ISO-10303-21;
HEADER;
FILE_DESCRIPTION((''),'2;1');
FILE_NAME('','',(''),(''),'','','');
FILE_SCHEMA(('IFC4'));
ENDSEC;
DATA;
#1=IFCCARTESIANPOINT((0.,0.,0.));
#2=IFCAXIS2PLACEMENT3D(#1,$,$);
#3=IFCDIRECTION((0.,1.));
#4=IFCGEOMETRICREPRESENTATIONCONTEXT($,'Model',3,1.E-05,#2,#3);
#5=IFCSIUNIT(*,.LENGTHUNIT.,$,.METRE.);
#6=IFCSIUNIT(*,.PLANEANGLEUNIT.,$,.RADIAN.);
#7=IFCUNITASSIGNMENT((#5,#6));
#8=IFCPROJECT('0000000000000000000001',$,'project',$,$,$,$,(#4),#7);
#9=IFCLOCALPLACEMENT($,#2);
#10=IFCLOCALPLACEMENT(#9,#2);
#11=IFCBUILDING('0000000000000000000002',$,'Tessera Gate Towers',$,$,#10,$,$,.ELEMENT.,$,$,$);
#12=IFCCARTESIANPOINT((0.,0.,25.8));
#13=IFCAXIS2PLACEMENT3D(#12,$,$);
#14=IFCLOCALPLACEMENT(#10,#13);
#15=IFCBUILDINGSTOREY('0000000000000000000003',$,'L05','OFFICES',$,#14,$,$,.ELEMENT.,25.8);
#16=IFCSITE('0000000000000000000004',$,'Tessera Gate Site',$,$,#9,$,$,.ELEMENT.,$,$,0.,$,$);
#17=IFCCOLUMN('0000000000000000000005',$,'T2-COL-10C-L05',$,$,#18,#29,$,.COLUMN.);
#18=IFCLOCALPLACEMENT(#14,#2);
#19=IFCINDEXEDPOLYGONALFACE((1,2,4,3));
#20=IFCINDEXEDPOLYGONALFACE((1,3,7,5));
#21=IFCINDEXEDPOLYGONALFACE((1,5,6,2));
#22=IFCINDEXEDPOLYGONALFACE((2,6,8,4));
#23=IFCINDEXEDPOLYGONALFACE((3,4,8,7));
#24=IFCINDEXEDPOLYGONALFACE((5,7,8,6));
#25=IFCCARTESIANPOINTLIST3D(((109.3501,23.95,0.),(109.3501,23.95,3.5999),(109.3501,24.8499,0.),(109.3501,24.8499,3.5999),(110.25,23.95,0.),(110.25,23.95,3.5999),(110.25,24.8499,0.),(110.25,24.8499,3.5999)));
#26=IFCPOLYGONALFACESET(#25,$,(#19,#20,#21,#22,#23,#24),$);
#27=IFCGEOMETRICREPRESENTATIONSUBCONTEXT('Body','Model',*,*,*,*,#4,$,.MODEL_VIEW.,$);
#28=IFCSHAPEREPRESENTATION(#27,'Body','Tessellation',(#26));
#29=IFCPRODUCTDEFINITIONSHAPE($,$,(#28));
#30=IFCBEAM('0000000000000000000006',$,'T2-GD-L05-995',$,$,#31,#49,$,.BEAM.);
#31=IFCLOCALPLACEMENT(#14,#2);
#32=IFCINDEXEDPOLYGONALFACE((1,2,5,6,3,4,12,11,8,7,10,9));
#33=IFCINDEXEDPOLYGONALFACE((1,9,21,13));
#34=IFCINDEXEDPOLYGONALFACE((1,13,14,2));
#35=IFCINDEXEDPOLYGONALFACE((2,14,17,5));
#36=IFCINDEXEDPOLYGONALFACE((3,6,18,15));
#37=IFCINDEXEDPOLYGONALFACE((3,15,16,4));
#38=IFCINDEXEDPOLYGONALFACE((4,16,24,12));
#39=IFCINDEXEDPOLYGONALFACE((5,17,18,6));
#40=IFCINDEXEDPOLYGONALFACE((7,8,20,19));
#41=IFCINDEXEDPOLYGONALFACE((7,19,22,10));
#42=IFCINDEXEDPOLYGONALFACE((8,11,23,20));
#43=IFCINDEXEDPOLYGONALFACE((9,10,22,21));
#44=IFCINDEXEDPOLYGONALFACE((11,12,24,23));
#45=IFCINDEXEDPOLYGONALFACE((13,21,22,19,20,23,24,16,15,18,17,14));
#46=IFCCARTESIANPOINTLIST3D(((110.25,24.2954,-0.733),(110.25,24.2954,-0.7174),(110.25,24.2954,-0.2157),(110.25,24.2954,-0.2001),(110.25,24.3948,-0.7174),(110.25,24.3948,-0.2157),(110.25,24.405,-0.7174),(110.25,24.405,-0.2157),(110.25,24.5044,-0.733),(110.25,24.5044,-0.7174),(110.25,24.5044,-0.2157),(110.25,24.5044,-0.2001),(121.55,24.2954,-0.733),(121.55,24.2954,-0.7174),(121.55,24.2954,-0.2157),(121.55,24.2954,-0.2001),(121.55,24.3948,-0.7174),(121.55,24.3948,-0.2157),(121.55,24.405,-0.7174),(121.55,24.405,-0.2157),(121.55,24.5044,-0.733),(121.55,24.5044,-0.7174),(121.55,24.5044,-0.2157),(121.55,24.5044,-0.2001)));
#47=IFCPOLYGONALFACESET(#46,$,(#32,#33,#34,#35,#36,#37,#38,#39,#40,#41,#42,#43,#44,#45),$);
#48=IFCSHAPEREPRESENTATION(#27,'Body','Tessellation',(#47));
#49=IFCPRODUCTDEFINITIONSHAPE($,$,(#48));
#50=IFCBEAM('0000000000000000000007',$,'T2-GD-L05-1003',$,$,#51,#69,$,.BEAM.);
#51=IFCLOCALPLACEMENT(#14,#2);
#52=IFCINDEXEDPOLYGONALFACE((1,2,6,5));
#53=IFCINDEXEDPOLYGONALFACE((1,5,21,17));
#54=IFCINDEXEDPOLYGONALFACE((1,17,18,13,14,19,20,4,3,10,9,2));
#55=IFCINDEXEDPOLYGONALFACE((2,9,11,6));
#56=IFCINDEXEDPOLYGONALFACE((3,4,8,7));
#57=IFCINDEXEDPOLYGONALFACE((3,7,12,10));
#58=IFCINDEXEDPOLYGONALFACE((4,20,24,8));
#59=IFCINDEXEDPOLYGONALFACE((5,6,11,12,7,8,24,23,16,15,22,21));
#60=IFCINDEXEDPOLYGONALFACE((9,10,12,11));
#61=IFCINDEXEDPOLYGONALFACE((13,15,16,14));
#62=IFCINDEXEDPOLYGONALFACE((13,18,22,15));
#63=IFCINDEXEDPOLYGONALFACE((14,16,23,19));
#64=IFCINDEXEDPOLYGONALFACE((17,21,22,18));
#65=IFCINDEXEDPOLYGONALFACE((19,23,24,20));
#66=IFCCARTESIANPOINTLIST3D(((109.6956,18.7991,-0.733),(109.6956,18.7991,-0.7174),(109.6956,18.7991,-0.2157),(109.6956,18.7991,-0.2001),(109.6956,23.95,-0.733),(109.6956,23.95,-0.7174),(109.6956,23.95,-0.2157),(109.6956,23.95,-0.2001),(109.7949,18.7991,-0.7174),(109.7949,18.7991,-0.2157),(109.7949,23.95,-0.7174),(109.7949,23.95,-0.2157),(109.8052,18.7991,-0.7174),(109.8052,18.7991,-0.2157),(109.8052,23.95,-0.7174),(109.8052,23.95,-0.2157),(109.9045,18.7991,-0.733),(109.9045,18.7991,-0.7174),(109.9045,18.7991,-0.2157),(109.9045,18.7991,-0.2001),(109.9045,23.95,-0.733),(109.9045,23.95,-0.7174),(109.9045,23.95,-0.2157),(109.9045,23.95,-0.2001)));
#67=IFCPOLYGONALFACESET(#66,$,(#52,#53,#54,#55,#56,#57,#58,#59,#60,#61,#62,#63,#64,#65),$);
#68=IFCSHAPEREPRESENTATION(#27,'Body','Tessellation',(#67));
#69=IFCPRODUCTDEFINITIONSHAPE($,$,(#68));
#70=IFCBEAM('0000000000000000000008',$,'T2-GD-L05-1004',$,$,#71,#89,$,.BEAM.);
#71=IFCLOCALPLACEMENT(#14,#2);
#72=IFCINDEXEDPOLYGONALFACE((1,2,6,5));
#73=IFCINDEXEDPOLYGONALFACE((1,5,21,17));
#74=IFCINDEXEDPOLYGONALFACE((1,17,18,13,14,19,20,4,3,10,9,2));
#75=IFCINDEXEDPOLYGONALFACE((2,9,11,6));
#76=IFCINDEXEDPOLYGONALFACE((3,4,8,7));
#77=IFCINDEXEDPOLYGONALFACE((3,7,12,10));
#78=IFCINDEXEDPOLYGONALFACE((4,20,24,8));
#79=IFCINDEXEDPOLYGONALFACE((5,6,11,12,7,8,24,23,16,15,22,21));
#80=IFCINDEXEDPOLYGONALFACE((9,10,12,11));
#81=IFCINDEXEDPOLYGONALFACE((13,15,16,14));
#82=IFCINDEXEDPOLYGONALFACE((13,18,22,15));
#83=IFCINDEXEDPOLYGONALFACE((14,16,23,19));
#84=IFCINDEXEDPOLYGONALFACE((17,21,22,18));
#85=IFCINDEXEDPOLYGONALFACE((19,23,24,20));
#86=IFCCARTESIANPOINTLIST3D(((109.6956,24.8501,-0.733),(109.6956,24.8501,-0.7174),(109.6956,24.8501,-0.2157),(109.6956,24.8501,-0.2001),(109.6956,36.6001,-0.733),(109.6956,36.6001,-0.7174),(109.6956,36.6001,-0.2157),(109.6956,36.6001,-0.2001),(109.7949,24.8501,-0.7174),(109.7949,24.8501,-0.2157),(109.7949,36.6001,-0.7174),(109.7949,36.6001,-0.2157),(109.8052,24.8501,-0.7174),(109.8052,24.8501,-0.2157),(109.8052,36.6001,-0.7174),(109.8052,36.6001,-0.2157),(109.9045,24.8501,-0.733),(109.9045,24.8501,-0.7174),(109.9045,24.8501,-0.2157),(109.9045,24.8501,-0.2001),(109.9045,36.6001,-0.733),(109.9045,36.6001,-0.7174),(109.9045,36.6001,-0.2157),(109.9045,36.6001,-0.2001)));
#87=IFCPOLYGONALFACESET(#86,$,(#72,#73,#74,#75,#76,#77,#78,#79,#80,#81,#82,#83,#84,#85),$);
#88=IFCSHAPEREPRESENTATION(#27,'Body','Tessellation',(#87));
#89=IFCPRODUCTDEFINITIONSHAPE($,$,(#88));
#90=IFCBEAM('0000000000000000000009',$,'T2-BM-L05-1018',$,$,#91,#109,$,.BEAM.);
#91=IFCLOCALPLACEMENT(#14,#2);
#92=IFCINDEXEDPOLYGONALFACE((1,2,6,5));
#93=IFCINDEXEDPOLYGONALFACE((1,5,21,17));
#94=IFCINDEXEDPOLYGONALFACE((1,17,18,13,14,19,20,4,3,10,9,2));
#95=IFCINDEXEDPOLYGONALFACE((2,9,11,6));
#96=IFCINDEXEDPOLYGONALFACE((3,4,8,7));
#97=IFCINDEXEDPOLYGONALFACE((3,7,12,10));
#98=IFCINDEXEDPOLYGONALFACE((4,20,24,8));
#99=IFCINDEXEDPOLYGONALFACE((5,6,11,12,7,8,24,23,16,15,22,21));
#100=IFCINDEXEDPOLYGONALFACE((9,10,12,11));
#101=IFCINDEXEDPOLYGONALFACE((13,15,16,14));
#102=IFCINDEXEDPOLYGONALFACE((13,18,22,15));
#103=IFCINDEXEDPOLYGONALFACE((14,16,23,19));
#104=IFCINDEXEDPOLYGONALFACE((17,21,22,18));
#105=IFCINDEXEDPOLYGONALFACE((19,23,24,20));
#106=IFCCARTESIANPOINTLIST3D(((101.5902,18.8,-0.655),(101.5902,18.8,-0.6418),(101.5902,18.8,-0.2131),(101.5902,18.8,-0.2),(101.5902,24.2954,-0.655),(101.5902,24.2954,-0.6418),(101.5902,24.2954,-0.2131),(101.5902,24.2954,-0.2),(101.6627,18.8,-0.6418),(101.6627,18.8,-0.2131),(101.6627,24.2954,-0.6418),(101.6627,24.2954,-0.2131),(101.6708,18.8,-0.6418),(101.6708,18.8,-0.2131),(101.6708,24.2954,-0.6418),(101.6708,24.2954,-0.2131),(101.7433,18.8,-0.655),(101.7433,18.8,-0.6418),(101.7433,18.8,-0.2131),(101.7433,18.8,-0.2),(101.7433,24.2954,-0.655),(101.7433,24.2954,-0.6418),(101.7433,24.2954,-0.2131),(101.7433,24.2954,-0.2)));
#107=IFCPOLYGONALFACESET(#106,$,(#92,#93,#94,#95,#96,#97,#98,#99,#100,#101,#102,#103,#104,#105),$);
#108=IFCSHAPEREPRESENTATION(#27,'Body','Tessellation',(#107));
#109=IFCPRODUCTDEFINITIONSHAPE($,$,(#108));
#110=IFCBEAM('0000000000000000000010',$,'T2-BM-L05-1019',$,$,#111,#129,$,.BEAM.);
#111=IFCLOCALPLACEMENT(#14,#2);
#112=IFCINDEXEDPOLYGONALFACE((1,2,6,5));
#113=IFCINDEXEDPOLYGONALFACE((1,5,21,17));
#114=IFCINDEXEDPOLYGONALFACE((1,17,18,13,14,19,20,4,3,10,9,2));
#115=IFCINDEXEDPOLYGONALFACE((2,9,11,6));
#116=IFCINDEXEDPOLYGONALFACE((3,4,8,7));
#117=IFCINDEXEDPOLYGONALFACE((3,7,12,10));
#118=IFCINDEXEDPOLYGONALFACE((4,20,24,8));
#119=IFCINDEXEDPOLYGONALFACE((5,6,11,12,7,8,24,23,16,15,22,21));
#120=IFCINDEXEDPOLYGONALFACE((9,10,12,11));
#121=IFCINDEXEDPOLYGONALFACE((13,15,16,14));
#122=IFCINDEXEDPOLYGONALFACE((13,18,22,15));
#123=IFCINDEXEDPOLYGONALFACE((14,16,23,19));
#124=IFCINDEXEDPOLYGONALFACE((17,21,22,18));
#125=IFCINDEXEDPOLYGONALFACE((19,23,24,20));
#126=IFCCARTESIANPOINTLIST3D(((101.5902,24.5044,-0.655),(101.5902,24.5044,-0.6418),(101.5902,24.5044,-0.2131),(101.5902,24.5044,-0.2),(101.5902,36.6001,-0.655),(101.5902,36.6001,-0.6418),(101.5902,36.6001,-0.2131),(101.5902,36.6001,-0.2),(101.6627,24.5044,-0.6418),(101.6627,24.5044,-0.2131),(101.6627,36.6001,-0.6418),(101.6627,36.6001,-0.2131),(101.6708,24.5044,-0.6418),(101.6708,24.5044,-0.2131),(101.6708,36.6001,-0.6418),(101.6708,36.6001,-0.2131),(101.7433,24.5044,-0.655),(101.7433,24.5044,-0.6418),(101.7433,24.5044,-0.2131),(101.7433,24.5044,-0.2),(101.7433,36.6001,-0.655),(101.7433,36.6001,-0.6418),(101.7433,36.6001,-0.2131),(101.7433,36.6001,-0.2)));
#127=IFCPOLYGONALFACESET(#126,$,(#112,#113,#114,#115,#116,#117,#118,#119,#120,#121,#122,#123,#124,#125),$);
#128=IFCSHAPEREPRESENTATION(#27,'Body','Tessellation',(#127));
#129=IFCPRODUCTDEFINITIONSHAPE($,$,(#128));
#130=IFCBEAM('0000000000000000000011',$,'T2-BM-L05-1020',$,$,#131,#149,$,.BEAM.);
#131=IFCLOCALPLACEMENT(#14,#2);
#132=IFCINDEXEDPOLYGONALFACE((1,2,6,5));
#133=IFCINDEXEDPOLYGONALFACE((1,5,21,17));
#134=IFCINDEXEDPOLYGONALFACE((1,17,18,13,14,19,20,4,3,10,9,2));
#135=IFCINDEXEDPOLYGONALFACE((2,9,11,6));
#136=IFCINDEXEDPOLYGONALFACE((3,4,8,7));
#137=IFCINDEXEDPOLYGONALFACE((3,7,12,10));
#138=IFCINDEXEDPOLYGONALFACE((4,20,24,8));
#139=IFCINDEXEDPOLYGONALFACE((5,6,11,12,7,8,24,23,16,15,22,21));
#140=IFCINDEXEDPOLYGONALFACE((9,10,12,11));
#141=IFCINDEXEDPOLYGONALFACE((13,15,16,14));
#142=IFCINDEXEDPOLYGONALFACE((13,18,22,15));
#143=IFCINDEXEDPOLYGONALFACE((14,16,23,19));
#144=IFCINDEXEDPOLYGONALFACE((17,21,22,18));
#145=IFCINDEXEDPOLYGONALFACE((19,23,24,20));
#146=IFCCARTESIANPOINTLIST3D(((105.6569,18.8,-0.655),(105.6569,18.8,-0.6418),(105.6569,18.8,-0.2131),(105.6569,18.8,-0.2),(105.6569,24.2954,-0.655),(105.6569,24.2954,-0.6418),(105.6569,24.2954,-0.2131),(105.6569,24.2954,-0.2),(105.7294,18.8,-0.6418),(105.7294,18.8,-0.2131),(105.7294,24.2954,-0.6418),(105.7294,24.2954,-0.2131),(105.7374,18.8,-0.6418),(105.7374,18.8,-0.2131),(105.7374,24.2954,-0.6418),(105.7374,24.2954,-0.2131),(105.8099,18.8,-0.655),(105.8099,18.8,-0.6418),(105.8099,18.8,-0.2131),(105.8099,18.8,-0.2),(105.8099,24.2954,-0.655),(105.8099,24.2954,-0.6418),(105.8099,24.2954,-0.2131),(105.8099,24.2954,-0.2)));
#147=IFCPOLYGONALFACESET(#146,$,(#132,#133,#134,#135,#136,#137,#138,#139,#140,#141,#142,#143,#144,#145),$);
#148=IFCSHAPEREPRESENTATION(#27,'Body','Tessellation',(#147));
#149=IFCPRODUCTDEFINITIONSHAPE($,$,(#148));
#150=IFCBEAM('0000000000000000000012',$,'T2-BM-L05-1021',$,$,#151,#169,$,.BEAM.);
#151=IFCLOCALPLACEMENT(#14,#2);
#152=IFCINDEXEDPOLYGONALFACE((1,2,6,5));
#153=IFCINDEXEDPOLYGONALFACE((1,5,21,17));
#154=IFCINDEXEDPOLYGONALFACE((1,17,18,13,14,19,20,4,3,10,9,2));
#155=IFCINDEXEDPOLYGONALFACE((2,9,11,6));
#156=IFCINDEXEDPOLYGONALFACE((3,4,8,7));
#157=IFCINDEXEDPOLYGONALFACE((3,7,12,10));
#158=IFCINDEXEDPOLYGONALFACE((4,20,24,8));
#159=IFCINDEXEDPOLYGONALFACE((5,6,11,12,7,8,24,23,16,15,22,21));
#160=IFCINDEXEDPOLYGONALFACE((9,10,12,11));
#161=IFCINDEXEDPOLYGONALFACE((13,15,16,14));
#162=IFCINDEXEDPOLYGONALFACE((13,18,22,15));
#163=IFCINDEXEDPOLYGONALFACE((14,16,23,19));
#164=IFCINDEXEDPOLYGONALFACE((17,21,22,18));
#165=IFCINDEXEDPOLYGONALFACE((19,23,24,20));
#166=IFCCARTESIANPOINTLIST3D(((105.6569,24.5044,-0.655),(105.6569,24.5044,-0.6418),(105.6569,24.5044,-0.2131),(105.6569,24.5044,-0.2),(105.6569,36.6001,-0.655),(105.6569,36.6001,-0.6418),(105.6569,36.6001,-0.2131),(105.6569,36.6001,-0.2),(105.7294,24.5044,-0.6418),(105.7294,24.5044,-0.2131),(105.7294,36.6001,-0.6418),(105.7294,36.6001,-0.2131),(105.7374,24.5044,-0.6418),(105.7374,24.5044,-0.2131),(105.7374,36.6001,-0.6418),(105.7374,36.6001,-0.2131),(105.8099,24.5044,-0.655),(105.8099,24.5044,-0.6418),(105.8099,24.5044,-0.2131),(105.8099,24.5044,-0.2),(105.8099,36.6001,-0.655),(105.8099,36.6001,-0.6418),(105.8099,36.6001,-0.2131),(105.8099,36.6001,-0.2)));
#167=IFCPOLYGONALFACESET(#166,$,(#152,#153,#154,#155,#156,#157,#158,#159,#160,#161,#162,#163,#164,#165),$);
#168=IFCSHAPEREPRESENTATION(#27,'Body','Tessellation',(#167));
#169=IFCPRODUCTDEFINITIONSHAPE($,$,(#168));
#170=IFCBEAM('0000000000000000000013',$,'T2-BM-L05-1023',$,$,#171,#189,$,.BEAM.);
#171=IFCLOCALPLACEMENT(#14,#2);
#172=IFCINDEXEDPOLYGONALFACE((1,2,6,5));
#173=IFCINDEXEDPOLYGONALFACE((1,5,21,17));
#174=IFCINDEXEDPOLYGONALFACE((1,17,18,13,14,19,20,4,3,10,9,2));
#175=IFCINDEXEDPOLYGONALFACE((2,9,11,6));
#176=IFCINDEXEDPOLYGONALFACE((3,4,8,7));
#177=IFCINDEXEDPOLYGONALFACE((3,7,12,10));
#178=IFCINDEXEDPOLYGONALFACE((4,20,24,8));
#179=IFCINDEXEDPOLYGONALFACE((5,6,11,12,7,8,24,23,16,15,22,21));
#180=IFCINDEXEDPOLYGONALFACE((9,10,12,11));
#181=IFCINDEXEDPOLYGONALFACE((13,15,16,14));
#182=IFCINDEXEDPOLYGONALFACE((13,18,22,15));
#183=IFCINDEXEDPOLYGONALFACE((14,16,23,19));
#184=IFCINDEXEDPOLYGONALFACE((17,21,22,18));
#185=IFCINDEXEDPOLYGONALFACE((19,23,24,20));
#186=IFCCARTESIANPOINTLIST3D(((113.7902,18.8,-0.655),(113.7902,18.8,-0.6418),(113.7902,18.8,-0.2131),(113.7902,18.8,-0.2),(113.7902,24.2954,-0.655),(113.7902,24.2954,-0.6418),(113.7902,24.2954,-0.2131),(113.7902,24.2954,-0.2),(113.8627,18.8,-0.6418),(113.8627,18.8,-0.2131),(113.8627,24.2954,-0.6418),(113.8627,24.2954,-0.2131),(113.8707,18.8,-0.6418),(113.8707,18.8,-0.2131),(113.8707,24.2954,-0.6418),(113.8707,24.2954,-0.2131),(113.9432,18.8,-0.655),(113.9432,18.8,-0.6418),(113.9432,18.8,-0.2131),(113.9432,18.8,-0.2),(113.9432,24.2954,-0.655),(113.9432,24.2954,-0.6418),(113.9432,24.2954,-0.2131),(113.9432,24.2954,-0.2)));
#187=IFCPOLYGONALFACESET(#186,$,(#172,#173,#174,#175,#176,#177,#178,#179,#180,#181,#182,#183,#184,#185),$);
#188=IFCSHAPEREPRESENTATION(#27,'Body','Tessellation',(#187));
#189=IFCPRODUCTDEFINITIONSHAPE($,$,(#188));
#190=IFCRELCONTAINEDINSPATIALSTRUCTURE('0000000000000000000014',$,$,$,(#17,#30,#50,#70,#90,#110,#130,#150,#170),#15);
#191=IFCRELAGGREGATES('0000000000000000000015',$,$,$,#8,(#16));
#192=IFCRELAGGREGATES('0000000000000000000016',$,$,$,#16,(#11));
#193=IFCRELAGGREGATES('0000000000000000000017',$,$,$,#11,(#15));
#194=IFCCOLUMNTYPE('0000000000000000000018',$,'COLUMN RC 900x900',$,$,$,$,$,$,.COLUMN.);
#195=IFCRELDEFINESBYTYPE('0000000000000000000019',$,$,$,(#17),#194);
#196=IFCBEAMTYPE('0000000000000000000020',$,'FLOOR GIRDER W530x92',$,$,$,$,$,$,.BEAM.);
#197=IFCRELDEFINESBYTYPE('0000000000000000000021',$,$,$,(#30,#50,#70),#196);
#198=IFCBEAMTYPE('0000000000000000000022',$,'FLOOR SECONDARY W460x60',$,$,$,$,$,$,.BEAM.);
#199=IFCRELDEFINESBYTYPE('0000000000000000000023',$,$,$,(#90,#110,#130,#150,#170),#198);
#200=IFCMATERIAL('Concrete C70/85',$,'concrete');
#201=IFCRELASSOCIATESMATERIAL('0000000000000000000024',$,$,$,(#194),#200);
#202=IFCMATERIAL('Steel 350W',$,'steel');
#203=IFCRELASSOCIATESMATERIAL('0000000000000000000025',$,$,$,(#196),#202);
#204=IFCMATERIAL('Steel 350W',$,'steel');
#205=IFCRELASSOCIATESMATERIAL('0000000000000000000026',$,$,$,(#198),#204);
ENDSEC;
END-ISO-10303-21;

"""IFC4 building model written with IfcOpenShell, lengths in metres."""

from ifc_helpers import new_model, si_unit, direction, frame, origin, origin_2d, place, context, subcontext, project, spatial, rectangle, i_section, extrude, material, material_profile, profile_set, type_object, element, save


model = new_model("IFC4")

# Units and contexts
model_context = context("Model", 3, precision=1e-05, world=origin(), true_north=direction((0.0, 1.0)))
body_context = subcontext(model_context, "Body", "Model", "MODEL_VIEW")
ifc_project = project(units=[si_unit("LENGTHUNIT", "METRE"), si_unit("PLANEANGLEUNIT", "RADIAN")], contexts=[model_context])

# Site, building, storey
site_placement = place(None, origin())
site = spatial("IfcSite", under=ifc_project, at=site_placement, Name="Tessera Gate Site", CompositionType="ELEMENT", RefElevation=0.0)
building_placement = place(site_placement, origin())
building = spatial("IfcBuilding", under=site, at=building_placement, Name="Tessera Gate Towers", CompositionType="ELEMENT")
storey_placement = place(building_placement, frame((0.0, 0.0, 25.8)))
storey = spatial("IfcBuildingStorey", under=building, at=storey_placement, Name="L05", Description="OFFICES", CompositionType="ELEMENT", Elevation=25.8)

# Column
ifc_material_1 = material(Name="Concrete C70/85", Category="concrete")
ifc_material_profile_1 = material_profile(ifc_material_1, rectangle(XDim=0.8999, YDim=0.8999, at=origin_2d()), Name="RC 900x900")
ifc_profile_set_1 = profile_set([ifc_material_profile_1], Name="Concrete C70/85")
column_type = type_object("IfcColumnType", Name="COLUMN RC 900x900", PredefinedType="COLUMN", material=ifc_profile_set_1)
column_placement = place(storey_placement, frame((109.8, 24.3999, 0.0), z_axis=(0.0, 0.0, 1.0), x_axis=(1.0, 0.0, 0.0)))
element("IfcColumn", 1, at=column_placement, inside=storey, type_object=column_type, Name="T2-COL-10C-L05", PredefinedType="COLUMN", context=body_context, shape_type="SweptSolid", body=[
    extrude(rectangle(XDim=0.8999, YDim=0.8999, at=origin_2d()), origin(), (0.0, 0.0, 1.0), 3.5999),
])

# Beams
ifc_material_2 = material(Name="Steel 350W", Category="steel")
ifc_material_profile_2 = material_profile(ifc_material_2, i_section(OverallWidth=0.209, OverallDepth=0.533, WebThickness=0.0103, FlangeThickness=0.0156, at=origin_2d()), Name="W530x92")
ifc_profile_set_2 = profile_set([ifc_material_profile_2], Name="Steel 350W")
beam_type_1 = type_object("IfcBeamType", Name="FLOOR GIRDER W530x92", PredefinedType="BEAM", material=ifc_profile_set_2)
beam_1_placement = place(storey_placement, frame((110.25, 24.3999, -0.4666), z_axis=(1.0, 0.0, 0.0), x_axis=(0.0, 1.0, 0.0)))
element("IfcBeam", 2, at=beam_1_placement, inside=storey, type_object=beam_type_1, Name="T2-GD-L05-995", PredefinedType="BEAM", context=body_context, shape_type="SweptSolid", body=[
    extrude(i_section(OverallWidth=0.209, OverallDepth=0.533, WebThickness=0.0103, FlangeThickness=0.0156, at=origin_2d()), origin(), (0.0, 0.0, 1.0), 11.3),
])
beam_2_placement = place(storey_placement, frame((109.8, 18.7991, -0.4666), z_axis=(0.0, 1.0, 0.0), x_axis=(-1.0, 0.0, 0.0)))
element("IfcBeam", 3, at=beam_2_placement, inside=storey, type_object=beam_type_1, Name="T2-GD-L05-1003", PredefinedType="BEAM", context=body_context, shape_type="SweptSolid", body=[
    extrude(i_section(OverallWidth=0.209, OverallDepth=0.533, WebThickness=0.0103, FlangeThickness=0.0156, at=origin_2d()), origin(), (0.0, 0.0, 1.0), 5.1509),
])
beam_3_placement = place(storey_placement, frame((109.8, 24.8501, -0.4666), z_axis=(0.0, 1.0, 0.0), x_axis=(-1.0, 0.0, 0.0)))
element("IfcBeam", 4, at=beam_3_placement, inside=storey, type_object=beam_type_1, Name="T2-GD-L05-1004", PredefinedType="BEAM", context=body_context, shape_type="SweptSolid", body=[
    extrude(i_section(OverallWidth=0.209, OverallDepth=0.533, WebThickness=0.0103, FlangeThickness=0.0156, at=origin_2d()), origin(), (0.0, 0.0, 1.0), 11.75),
])
ifc_material_3 = material(Name="Steel 350W", Category="steel")
ifc_material_profile_3 = material_profile(ifc_material_3, i_section(OverallWidth=0.1531, OverallDepth=0.4551, WebThickness=0.0081, FlangeThickness=0.0132, at=origin_2d()), Name="W460x60")
ifc_profile_set_3 = profile_set([ifc_material_profile_3], Name="Steel 350W")
beam_type_2 = type_object("IfcBeamType", Name="FLOOR SECONDARY W460x60", PredefinedType="BEAM", material=ifc_profile_set_3)
beam_4_placement = place(storey_placement, frame((101.6667, 18.8, -0.4275), z_axis=(0.0, 1.0, 0.0), x_axis=(-1.0, 0.0, 0.0)))
element("IfcBeam", 5, at=beam_4_placement, inside=storey, type_object=beam_type_2, Name="T2-BM-L05-1018", PredefinedType="BEAM", context=body_context, shape_type="SweptSolid", body=[
    extrude(i_section(OverallWidth=0.1531, OverallDepth=0.4551, WebThickness=0.0081, FlangeThickness=0.0132, at=origin_2d()), origin(), (0.0, 0.0, 1.0), 5.4954),
])
beam_5_placement = place(storey_placement, frame((101.6667, 24.5044, -0.4275), z_axis=(0.0, 1.0, 0.0), x_axis=(-1.0, 0.0, 0.0)))
element("IfcBeam", 6, at=beam_5_placement, inside=storey, type_object=beam_type_2, Name="T2-BM-L05-1019", PredefinedType="BEAM", context=body_context, shape_type="SweptSolid", body=[
    extrude(i_section(OverallWidth=0.1531, OverallDepth=0.4551, WebThickness=0.0081, FlangeThickness=0.0132, at=origin_2d()), origin(), (0.0, 0.0, 1.0), 12.0957),
])
beam_6_placement = place(storey_placement, frame((105.7334, 18.8, -0.4275), z_axis=(0.0, 1.0, 0.0), x_axis=(-1.0, 0.0, 0.0)))
element("IfcBeam", 7, at=beam_6_placement, inside=storey, type_object=beam_type_2, Name="T2-BM-L05-1020", PredefinedType="BEAM", context=body_context, shape_type="SweptSolid", body=[
    extrude(i_section(OverallWidth=0.1531, OverallDepth=0.4551, WebThickness=0.0081, FlangeThickness=0.0132, at=origin_2d()), origin(), (0.0, 0.0, 1.0), 5.4954),
])
beam_7_placement = place(storey_placement, frame((105.7334, 24.5044, -0.4275), z_axis=(0.0, 1.0, 0.0), x_axis=(-1.0, 0.0, 0.0)))
element("IfcBeam", 8, at=beam_7_placement, inside=storey, type_object=beam_type_2, Name="T2-BM-L05-1021", PredefinedType="BEAM", context=body_context, shape_type="SweptSolid", body=[
    extrude(i_section(OverallWidth=0.1531, OverallDepth=0.4551, WebThickness=0.0081, FlangeThickness=0.0132, at=origin_2d()), origin(), (0.0, 0.0, 1.0), 12.0957),
])
beam_8_placement = place(storey_placement, frame((113.8667, 18.8, -0.4275), z_axis=(0.0, 1.0, 0.0), x_axis=(-1.0, 0.0, 0.0)))
element("IfcBeam", 9, at=beam_8_placement, inside=storey, type_object=beam_type_2, Name="T2-BM-L05-1023", PredefinedType="BEAM", context=body_context, shape_type="SweptSolid", body=[
    extrude(i_section(OverallWidth=0.1531, OverallDepth=0.4551, WebThickness=0.0081, FlangeThickness=0.0132, at=origin_2d()), origin(), (0.0, 0.0, 1.0), 5.4954),
])

save(model, "model.ifc")
